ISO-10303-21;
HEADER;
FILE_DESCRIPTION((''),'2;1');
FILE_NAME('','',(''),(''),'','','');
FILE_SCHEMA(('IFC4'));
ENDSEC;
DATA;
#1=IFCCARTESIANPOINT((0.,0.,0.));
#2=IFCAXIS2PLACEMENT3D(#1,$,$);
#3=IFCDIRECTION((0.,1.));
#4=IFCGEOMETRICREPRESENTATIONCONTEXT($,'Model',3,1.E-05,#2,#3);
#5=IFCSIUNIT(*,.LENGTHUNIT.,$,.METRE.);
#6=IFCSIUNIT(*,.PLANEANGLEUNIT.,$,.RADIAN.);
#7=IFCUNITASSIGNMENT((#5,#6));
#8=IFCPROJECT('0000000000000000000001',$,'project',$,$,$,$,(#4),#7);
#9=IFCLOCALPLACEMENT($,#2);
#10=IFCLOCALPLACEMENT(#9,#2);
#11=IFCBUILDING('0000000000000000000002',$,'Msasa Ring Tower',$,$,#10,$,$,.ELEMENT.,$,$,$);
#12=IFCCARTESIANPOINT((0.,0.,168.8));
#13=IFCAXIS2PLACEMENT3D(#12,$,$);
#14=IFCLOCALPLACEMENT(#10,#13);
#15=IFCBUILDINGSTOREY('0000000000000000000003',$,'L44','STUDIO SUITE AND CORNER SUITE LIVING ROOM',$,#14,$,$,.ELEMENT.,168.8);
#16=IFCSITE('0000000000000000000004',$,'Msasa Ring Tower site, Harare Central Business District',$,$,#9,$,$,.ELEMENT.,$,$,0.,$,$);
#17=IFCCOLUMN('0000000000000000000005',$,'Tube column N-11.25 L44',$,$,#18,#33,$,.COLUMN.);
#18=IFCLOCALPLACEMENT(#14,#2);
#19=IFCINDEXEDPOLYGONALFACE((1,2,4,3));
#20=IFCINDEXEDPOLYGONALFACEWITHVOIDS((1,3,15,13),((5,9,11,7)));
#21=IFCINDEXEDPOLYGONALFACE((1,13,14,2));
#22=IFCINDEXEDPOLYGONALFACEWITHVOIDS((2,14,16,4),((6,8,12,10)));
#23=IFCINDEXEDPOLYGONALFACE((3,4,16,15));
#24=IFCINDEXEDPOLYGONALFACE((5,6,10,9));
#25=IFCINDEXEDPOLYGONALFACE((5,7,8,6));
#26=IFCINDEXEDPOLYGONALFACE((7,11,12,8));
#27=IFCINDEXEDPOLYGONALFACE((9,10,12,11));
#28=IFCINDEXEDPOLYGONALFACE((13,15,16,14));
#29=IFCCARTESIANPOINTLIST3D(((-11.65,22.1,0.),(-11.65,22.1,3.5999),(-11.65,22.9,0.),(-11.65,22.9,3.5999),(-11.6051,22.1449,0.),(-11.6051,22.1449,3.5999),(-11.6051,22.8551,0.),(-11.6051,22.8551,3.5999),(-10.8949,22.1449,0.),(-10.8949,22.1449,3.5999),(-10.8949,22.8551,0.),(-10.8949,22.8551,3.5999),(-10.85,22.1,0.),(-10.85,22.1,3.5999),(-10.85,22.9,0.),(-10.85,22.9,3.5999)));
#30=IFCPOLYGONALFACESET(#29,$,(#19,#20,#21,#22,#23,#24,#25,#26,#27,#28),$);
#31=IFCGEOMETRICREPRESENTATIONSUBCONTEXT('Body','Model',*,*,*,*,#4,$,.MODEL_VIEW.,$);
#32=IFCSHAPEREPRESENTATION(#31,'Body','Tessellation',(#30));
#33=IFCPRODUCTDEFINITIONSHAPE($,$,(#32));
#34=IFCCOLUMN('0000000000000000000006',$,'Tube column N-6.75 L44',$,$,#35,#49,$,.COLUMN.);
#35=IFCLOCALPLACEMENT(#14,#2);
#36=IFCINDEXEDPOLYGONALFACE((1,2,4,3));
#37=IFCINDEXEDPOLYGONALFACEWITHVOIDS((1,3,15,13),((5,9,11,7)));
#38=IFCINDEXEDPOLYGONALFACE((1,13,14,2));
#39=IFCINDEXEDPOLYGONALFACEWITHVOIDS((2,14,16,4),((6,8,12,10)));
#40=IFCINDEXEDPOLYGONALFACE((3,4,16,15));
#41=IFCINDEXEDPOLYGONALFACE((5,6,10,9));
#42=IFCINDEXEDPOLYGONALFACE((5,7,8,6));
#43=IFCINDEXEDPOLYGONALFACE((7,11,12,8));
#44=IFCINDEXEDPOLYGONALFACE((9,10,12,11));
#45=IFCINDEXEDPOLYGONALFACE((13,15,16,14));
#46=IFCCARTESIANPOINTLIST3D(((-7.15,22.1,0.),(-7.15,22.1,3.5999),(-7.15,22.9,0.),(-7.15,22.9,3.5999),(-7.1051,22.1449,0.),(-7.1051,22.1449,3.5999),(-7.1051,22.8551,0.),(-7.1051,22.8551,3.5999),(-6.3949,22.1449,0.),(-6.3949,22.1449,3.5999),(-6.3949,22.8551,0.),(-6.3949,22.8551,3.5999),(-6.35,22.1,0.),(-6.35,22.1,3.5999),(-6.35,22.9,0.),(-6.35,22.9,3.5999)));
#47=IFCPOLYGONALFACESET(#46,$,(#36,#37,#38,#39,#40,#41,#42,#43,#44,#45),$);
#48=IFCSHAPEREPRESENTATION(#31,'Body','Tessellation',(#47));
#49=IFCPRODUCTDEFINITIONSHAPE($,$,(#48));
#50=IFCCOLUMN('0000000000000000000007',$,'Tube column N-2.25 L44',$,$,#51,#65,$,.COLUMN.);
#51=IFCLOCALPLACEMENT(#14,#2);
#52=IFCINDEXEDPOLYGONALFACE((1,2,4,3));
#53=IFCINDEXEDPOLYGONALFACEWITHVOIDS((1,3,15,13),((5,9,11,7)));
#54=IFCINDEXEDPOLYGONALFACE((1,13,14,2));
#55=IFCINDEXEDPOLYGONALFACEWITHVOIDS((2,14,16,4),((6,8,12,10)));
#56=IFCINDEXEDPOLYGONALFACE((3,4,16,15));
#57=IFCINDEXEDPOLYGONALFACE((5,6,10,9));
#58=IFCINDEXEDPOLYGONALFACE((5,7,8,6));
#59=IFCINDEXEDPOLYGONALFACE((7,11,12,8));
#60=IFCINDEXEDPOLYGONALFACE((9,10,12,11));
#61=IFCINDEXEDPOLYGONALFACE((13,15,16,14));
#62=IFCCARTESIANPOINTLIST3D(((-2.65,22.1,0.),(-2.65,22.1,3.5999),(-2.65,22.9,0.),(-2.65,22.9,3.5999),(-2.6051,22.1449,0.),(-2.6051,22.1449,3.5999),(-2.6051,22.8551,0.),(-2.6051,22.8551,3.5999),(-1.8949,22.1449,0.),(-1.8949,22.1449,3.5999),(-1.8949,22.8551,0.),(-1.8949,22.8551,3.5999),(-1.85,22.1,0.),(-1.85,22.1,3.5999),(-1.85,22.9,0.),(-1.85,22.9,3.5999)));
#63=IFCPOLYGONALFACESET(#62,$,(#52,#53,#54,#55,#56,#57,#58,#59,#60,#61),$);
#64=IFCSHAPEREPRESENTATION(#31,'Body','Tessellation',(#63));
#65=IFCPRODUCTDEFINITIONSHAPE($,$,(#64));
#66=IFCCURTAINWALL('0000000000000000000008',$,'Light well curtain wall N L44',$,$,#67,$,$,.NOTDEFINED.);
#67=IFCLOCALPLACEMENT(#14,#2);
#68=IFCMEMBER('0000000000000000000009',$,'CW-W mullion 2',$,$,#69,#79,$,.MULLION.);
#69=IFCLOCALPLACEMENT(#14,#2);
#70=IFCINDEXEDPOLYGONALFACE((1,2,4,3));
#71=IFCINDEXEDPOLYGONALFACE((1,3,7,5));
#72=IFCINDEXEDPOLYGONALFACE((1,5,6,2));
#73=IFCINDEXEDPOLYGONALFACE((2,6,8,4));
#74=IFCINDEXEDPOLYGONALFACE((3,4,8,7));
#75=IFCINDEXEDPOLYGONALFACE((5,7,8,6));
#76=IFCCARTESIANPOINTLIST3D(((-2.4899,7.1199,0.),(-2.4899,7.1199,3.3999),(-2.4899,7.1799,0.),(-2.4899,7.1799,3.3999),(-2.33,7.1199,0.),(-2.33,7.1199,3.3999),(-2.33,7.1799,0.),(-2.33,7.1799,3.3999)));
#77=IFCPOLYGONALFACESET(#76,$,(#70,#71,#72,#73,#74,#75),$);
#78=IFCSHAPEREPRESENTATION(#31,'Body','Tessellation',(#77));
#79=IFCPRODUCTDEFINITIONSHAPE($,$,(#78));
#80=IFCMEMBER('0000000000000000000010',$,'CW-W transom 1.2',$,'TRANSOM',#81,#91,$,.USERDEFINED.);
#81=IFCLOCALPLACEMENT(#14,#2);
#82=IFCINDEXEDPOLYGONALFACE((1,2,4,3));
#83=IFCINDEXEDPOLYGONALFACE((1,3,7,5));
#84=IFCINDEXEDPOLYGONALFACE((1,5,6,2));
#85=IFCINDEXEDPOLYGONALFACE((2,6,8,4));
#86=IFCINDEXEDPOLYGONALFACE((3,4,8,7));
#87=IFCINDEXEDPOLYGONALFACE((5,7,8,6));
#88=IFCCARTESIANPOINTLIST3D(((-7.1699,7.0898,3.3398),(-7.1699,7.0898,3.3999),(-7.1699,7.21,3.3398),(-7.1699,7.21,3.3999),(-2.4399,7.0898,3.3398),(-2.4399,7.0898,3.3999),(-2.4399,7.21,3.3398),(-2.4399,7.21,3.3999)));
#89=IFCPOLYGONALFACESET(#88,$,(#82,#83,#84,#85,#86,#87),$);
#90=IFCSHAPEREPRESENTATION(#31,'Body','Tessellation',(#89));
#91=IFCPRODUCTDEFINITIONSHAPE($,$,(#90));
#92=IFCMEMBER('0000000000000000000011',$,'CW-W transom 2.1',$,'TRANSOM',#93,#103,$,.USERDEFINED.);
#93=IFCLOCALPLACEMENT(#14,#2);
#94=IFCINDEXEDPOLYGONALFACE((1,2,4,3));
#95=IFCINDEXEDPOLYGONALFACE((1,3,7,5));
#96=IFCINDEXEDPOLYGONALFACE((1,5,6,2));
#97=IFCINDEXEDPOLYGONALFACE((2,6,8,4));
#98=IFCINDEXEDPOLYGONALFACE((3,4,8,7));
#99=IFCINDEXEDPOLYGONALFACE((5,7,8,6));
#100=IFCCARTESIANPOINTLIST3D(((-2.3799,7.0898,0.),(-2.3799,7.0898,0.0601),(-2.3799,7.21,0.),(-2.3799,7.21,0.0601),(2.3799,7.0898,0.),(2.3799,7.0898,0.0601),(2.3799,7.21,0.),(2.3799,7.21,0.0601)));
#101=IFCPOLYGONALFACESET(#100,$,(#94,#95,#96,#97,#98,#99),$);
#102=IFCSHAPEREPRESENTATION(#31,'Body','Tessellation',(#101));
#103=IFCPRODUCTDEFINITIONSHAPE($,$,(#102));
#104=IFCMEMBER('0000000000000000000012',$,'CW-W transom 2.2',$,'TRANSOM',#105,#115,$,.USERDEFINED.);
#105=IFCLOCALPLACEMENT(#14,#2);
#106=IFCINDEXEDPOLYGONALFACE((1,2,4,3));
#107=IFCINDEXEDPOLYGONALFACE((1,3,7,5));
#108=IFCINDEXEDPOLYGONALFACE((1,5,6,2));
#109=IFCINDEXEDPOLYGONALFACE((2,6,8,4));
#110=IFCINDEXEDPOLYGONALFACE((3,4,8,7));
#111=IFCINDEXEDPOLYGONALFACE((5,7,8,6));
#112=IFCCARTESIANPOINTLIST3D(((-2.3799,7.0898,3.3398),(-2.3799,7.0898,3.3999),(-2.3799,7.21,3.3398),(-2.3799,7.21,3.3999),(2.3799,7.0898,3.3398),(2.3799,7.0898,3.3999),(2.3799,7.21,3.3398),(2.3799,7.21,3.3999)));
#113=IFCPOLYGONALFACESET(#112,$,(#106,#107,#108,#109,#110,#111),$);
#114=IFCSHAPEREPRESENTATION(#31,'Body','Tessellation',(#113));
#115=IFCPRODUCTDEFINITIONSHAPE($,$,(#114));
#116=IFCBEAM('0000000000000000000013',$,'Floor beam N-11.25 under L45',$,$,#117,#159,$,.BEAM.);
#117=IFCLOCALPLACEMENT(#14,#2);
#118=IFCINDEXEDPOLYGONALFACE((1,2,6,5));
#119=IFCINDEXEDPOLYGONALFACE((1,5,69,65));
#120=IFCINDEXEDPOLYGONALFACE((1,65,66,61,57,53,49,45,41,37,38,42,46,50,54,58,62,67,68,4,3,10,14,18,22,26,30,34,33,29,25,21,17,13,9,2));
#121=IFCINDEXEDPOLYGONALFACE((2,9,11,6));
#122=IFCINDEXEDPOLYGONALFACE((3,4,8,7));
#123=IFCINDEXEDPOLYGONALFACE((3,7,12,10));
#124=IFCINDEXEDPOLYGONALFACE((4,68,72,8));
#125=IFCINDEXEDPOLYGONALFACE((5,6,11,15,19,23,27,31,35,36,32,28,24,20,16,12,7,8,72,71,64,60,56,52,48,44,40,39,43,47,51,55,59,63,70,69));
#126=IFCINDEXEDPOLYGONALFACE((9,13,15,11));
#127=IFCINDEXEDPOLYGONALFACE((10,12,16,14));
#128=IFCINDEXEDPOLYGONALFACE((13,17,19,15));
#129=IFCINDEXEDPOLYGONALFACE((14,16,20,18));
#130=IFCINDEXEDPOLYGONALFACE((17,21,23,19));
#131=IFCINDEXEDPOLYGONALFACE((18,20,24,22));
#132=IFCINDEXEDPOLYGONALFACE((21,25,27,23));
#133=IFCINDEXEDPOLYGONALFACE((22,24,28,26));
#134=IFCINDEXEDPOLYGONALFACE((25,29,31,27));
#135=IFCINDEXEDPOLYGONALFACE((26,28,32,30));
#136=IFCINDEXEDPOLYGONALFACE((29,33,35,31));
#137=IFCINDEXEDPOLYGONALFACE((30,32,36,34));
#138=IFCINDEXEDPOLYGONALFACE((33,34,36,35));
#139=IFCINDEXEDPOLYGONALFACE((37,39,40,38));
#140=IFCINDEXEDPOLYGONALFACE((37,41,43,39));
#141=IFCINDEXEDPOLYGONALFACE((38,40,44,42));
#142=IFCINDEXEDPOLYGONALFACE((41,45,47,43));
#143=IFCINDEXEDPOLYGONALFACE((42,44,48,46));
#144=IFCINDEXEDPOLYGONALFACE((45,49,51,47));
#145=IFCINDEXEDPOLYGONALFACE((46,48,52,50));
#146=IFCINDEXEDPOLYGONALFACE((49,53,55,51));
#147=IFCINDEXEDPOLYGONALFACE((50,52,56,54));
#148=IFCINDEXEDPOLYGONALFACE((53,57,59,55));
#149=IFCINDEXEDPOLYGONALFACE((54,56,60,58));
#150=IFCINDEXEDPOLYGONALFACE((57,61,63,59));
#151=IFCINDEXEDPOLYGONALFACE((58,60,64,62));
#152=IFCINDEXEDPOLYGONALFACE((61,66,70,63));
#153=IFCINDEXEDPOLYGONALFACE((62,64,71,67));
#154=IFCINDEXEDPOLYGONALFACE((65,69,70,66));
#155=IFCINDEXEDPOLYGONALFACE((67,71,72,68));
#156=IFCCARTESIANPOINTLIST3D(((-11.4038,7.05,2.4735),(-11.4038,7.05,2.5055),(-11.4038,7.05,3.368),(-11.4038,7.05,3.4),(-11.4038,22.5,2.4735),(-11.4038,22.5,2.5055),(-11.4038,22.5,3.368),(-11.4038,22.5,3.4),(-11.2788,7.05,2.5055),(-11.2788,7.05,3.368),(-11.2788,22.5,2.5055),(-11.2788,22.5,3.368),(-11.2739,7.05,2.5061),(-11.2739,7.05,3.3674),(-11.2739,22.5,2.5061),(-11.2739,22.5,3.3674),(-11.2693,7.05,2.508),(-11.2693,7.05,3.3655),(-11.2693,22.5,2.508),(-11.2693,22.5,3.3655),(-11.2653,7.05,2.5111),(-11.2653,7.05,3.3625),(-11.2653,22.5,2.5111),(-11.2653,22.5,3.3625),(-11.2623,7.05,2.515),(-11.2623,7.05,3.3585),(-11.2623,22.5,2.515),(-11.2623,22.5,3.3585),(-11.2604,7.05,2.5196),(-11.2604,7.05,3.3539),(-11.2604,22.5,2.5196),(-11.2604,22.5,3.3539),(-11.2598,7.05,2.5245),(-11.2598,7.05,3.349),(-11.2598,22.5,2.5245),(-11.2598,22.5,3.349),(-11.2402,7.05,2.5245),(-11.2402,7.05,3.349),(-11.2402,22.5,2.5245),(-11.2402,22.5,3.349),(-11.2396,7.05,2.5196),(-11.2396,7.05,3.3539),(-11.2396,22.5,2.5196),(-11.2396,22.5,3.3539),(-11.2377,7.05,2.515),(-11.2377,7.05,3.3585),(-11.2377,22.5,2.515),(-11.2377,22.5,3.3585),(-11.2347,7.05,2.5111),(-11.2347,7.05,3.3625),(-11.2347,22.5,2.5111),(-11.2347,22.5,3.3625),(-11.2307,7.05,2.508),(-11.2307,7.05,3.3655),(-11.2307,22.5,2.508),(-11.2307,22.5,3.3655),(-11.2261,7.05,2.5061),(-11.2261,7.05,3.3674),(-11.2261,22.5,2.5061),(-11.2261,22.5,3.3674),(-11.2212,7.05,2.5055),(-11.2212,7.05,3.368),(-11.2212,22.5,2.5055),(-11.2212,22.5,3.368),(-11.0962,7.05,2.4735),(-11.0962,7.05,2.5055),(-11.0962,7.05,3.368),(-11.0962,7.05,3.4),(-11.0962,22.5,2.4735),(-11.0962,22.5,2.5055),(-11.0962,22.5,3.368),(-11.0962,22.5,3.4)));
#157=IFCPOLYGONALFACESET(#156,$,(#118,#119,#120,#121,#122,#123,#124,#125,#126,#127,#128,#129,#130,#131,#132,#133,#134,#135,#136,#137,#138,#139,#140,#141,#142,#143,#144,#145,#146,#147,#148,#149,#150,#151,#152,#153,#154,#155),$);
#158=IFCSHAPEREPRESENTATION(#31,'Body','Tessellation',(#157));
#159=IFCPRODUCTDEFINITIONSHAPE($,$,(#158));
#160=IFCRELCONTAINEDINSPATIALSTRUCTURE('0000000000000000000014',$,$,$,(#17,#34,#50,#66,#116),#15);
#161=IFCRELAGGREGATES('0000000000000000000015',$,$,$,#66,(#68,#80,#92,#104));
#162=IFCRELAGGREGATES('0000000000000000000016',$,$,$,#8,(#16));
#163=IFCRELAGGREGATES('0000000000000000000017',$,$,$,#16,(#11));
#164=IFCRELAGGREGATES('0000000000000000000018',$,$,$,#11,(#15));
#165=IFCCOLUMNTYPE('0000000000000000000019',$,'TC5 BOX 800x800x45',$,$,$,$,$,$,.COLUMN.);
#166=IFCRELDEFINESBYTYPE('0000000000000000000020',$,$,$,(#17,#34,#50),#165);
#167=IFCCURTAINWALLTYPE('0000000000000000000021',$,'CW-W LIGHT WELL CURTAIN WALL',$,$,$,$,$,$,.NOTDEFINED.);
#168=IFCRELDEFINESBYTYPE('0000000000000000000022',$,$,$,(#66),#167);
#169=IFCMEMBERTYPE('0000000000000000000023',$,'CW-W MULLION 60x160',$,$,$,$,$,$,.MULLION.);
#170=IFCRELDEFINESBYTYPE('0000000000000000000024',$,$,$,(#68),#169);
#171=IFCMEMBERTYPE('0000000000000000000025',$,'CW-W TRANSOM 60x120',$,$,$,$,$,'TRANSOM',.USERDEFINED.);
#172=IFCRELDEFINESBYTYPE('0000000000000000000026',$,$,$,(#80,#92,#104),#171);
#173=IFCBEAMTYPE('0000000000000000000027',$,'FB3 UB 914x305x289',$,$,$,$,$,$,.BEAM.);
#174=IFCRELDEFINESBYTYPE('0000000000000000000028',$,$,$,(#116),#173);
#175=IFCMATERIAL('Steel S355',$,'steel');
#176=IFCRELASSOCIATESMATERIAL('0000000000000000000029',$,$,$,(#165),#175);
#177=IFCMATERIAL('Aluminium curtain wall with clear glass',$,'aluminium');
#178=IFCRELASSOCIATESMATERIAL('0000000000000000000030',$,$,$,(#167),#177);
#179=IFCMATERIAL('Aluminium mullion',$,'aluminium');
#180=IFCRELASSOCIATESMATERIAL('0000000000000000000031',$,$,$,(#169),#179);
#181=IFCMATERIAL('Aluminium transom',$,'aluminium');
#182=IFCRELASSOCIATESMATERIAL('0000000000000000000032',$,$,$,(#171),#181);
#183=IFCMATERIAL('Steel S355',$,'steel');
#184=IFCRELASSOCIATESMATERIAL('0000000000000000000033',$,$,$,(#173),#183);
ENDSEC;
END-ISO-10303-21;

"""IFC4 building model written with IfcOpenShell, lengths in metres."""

from ifc_helpers import new_model, si_unit, direction, frame, origin, origin_2d, place, context, subcontext, project, spatial, rectangle, hollow_rectangle, i_section, extrude, material, material_profile, profile_set, type_object, element, aggregate, save


model = new_model("IFC4")

# Units and contexts
model_context = context("Model", 3, precision=1e-05, world=origin(), true_north=direction((0.0, 1.0)))
body_context = subcontext(model_context, "Body", "Model", "MODEL_VIEW")
ifc_project = project(units=[si_unit("LENGTHUNIT", "METRE"), si_unit("PLANEANGLEUNIT", "RADIAN")], contexts=[model_context])

# Site, building, storey
site_placement = place(None, origin())
site = spatial("IfcSite", under=ifc_project, at=site_placement, Name="Msasa Ring Tower site, Harare Central Business District", CompositionType="ELEMENT", RefElevation=0.0)
building_placement = place(site_placement, origin())
building = spatial("IfcBuilding", under=site, at=building_placement, Name="Msasa Ring Tower", CompositionType="ELEMENT")
storey_placement = place(building_placement, frame((0.0, 0.0, 168.8)))
storey = spatial("IfcBuildingStorey", under=building, at=storey_placement, Name="L44", Description="STUDIO SUITE AND CORNER SUITE LIVING ROOM", CompositionType="ELEMENT", Elevation=168.8)

# Columns
ifc_material_1 = material(Name="Steel S355", Category="steel")
ifc_material_profile_1 = material_profile(ifc_material_1, hollow_rectangle(XDim=0.8, YDim=0.8, WallThickness=0.0449, at=origin_2d()), Name="BOX 800x800x45")
ifc_profile_set_1 = profile_set([ifc_material_profile_1], Name="Steel S355")
column_type = type_object("IfcColumnType", Name="TC5 BOX 800x800x45", PredefinedType="COLUMN", material=ifc_profile_set_1)
for number, where, z_axis, x_axis, name in (
    (1, (-11.25, 22.5, 0.0), (0.0, 0.0, 1.0), (0.0, 1.0, 0.0), "Tube column N-11.25 L44"),
    (2, (-6.75, 22.5, 0.0), (0.0, 0.0, 1.0), (0.0, 1.0, 0.0), "Tube column N-6.75 L44"),
    (3, (-2.25, 22.5, 0.0), (0.0, 0.0, 1.0), (0.0, 1.0, 0.0), "Tube column N-2.25 L44"),
):
    element("IfcColumn", number, at=place(storey_placement, frame(where, z_axis=z_axis, x_axis=x_axis)), inside=storey, type_object=column_type, Name=name, PredefinedType="COLUMN", context=body_context, shape_type="SweptSolid", body=[
        extrude(hollow_rectangle(XDim=0.8, YDim=0.8, WallThickness=0.0449, at=origin_2d()), origin(), (0.0, 0.0, 1.0), 3.5999),
    ])

# Curtain wall, members
ifc_material_2 = material(Name="Aluminium curtain wall with clear glass", Category="aluminium")
curtain_wall_type = type_object("IfcCurtainWallType", Name="CW-W LIGHT WELL CURTAIN WALL", PredefinedType="NOTDEFINED", material=ifc_material_2)
curtain_wall_placement = place(storey_placement, origin())
curtain_wall = element("IfcCurtainWall", 4, at=curtain_wall_placement, inside=storey, type_object=curtain_wall_type, Name="Light well curtain wall N L44", PredefinedType="NOTDEFINED")
ifc_material_3 = material(Name="Aluminium mullion", Category="aluminium")
ifc_material_profile_2 = material_profile(ifc_material_3, rectangle(XDim=0.0601, YDim=0.1599, at=origin_2d()), Name="AL 60x160")
ifc_profile_set_2 = profile_set([ifc_material_profile_2], Name="Aluminium mullion")
member_type_1 = type_object("IfcMemberType", Name="CW-W MULLION 60x160", PredefinedType="MULLION", material=ifc_profile_set_2)
member_1_placement = place(storey_placement, frame((-2.4099, 7.1499, 0.0), z_axis=(0.0, 0.0, 1.0), x_axis=(0.0, 1.0, 0.0)))
member_1 = element("IfcMember", 5, at=member_1_placement, type_object=member_type_1, Name="CW-W mullion 2", PredefinedType="MULLION", context=body_context, shape_type="SweptSolid", body=[
    extrude(rectangle(XDim=0.0601, YDim=0.1599, at=origin_2d()), origin(), (0.0, 0.0, 1.0), 3.3999),
])
ifc_material_4 = material(Name="Aluminium transom", Category="aluminium")
ifc_material_profile_3 = material_profile(ifc_material_4, rectangle(XDim=0.1201, YDim=0.0601, at=origin_2d()), Name="AL 60x120")
ifc_profile_set_3 = profile_set([ifc_material_profile_3], Name="Aluminium transom")
member_type_2 = type_object("IfcMemberType", Name="CW-W TRANSOM 60x120", ElementType="TRANSOM", PredefinedType="USERDEFINED", material=ifc_profile_set_3)
member_2_placement = place(storey_placement, frame((-7.1699, 7.1499, 3.3699), z_axis=(1.0, 0.0, 0.0), x_axis=(0.0, 1.0, 0.0)))
member_2 = element("IfcMember", 6, at=member_2_placement, type_object=member_type_2, Name="CW-W transom 1.2", ObjectType="TRANSOM", PredefinedType="USERDEFINED", context=body_context, shape_type="SweptSolid", body=[
    extrude(rectangle(XDim=0.1201, YDim=0.0601, at=origin_2d()), origin(), (0.0, 0.0, 1.0), 4.73),
])
member_3_placement = place(storey_placement, frame((-2.3799, 7.1499, 0.03), z_axis=(1.0, 0.0, 0.0), x_axis=(0.0, 1.0, 0.0)))
member_3 = element("IfcMember", 7, at=member_3_placement, type_object=member_type_2, Name="CW-W transom 2.1", ObjectType="TRANSOM", PredefinedType="USERDEFINED", context=body_context, shape_type="SweptSolid", body=[
    extrude(rectangle(XDim=0.1201, YDim=0.0601, at=origin_2d()), origin(), (0.0, 0.0, 1.0), 4.7598),
])
member_4_placement = place(storey_placement, frame((-2.3799, 7.1499, 3.3699), z_axis=(1.0, 0.0, 0.0), x_axis=(0.0, 1.0, 0.0)))
member_4 = element("IfcMember", 8, at=member_4_placement, type_object=member_type_2, Name="CW-W transom 2.2", ObjectType="TRANSOM", PredefinedType="USERDEFINED", context=body_context, shape_type="SweptSolid", body=[
    extrude(rectangle(XDim=0.1201, YDim=0.0601, at=origin_2d()), origin(), (0.0, 0.0, 1.0), 4.7598),
])

# Beam
ifc_material_5 = material(Name="Steel S355", Category="steel")
ifc_material_profile_4 = material_profile(ifc_material_5, i_section(OverallWidth=0.3076, OverallDepth=0.9265, WebThickness=0.0195, FlangeThickness=0.032, FilletRadius=0.019, at=origin_2d()), Name="UB 914x305x289")
ifc_profile_set_4 = profile_set([ifc_material_profile_4], Name="Steel S355")
beam_type_1 = type_object("IfcBeamType", Name="FB3 UB 914x305x289", PredefinedType="BEAM", material=ifc_profile_set_4)
beam_placement = place(storey_placement, frame((-11.25, 22.5, 2.9368), z_axis=(0.0, -1.0, 0.0), x_axis=(1.0, 0.0, 0.0)))
element("IfcBeam", 9, at=beam_placement, inside=storey, type_object=beam_type_1, Name="Floor beam N-11.25 under L45", PredefinedType="BEAM", context=body_context, shape_type="SweptSolid", body=[
    extrude(i_section(OverallWidth=0.3076, OverallDepth=0.9265, WebThickness=0.0195, FlangeThickness=0.032, FilletRadius=0.019, at=origin_2d()), origin(), (0.0, 0.0, 1.0), 15.45),
])

aggregate(curtain_wall, [member_1, member_2, member_3, member_4])

save(model, "model.ifc")
